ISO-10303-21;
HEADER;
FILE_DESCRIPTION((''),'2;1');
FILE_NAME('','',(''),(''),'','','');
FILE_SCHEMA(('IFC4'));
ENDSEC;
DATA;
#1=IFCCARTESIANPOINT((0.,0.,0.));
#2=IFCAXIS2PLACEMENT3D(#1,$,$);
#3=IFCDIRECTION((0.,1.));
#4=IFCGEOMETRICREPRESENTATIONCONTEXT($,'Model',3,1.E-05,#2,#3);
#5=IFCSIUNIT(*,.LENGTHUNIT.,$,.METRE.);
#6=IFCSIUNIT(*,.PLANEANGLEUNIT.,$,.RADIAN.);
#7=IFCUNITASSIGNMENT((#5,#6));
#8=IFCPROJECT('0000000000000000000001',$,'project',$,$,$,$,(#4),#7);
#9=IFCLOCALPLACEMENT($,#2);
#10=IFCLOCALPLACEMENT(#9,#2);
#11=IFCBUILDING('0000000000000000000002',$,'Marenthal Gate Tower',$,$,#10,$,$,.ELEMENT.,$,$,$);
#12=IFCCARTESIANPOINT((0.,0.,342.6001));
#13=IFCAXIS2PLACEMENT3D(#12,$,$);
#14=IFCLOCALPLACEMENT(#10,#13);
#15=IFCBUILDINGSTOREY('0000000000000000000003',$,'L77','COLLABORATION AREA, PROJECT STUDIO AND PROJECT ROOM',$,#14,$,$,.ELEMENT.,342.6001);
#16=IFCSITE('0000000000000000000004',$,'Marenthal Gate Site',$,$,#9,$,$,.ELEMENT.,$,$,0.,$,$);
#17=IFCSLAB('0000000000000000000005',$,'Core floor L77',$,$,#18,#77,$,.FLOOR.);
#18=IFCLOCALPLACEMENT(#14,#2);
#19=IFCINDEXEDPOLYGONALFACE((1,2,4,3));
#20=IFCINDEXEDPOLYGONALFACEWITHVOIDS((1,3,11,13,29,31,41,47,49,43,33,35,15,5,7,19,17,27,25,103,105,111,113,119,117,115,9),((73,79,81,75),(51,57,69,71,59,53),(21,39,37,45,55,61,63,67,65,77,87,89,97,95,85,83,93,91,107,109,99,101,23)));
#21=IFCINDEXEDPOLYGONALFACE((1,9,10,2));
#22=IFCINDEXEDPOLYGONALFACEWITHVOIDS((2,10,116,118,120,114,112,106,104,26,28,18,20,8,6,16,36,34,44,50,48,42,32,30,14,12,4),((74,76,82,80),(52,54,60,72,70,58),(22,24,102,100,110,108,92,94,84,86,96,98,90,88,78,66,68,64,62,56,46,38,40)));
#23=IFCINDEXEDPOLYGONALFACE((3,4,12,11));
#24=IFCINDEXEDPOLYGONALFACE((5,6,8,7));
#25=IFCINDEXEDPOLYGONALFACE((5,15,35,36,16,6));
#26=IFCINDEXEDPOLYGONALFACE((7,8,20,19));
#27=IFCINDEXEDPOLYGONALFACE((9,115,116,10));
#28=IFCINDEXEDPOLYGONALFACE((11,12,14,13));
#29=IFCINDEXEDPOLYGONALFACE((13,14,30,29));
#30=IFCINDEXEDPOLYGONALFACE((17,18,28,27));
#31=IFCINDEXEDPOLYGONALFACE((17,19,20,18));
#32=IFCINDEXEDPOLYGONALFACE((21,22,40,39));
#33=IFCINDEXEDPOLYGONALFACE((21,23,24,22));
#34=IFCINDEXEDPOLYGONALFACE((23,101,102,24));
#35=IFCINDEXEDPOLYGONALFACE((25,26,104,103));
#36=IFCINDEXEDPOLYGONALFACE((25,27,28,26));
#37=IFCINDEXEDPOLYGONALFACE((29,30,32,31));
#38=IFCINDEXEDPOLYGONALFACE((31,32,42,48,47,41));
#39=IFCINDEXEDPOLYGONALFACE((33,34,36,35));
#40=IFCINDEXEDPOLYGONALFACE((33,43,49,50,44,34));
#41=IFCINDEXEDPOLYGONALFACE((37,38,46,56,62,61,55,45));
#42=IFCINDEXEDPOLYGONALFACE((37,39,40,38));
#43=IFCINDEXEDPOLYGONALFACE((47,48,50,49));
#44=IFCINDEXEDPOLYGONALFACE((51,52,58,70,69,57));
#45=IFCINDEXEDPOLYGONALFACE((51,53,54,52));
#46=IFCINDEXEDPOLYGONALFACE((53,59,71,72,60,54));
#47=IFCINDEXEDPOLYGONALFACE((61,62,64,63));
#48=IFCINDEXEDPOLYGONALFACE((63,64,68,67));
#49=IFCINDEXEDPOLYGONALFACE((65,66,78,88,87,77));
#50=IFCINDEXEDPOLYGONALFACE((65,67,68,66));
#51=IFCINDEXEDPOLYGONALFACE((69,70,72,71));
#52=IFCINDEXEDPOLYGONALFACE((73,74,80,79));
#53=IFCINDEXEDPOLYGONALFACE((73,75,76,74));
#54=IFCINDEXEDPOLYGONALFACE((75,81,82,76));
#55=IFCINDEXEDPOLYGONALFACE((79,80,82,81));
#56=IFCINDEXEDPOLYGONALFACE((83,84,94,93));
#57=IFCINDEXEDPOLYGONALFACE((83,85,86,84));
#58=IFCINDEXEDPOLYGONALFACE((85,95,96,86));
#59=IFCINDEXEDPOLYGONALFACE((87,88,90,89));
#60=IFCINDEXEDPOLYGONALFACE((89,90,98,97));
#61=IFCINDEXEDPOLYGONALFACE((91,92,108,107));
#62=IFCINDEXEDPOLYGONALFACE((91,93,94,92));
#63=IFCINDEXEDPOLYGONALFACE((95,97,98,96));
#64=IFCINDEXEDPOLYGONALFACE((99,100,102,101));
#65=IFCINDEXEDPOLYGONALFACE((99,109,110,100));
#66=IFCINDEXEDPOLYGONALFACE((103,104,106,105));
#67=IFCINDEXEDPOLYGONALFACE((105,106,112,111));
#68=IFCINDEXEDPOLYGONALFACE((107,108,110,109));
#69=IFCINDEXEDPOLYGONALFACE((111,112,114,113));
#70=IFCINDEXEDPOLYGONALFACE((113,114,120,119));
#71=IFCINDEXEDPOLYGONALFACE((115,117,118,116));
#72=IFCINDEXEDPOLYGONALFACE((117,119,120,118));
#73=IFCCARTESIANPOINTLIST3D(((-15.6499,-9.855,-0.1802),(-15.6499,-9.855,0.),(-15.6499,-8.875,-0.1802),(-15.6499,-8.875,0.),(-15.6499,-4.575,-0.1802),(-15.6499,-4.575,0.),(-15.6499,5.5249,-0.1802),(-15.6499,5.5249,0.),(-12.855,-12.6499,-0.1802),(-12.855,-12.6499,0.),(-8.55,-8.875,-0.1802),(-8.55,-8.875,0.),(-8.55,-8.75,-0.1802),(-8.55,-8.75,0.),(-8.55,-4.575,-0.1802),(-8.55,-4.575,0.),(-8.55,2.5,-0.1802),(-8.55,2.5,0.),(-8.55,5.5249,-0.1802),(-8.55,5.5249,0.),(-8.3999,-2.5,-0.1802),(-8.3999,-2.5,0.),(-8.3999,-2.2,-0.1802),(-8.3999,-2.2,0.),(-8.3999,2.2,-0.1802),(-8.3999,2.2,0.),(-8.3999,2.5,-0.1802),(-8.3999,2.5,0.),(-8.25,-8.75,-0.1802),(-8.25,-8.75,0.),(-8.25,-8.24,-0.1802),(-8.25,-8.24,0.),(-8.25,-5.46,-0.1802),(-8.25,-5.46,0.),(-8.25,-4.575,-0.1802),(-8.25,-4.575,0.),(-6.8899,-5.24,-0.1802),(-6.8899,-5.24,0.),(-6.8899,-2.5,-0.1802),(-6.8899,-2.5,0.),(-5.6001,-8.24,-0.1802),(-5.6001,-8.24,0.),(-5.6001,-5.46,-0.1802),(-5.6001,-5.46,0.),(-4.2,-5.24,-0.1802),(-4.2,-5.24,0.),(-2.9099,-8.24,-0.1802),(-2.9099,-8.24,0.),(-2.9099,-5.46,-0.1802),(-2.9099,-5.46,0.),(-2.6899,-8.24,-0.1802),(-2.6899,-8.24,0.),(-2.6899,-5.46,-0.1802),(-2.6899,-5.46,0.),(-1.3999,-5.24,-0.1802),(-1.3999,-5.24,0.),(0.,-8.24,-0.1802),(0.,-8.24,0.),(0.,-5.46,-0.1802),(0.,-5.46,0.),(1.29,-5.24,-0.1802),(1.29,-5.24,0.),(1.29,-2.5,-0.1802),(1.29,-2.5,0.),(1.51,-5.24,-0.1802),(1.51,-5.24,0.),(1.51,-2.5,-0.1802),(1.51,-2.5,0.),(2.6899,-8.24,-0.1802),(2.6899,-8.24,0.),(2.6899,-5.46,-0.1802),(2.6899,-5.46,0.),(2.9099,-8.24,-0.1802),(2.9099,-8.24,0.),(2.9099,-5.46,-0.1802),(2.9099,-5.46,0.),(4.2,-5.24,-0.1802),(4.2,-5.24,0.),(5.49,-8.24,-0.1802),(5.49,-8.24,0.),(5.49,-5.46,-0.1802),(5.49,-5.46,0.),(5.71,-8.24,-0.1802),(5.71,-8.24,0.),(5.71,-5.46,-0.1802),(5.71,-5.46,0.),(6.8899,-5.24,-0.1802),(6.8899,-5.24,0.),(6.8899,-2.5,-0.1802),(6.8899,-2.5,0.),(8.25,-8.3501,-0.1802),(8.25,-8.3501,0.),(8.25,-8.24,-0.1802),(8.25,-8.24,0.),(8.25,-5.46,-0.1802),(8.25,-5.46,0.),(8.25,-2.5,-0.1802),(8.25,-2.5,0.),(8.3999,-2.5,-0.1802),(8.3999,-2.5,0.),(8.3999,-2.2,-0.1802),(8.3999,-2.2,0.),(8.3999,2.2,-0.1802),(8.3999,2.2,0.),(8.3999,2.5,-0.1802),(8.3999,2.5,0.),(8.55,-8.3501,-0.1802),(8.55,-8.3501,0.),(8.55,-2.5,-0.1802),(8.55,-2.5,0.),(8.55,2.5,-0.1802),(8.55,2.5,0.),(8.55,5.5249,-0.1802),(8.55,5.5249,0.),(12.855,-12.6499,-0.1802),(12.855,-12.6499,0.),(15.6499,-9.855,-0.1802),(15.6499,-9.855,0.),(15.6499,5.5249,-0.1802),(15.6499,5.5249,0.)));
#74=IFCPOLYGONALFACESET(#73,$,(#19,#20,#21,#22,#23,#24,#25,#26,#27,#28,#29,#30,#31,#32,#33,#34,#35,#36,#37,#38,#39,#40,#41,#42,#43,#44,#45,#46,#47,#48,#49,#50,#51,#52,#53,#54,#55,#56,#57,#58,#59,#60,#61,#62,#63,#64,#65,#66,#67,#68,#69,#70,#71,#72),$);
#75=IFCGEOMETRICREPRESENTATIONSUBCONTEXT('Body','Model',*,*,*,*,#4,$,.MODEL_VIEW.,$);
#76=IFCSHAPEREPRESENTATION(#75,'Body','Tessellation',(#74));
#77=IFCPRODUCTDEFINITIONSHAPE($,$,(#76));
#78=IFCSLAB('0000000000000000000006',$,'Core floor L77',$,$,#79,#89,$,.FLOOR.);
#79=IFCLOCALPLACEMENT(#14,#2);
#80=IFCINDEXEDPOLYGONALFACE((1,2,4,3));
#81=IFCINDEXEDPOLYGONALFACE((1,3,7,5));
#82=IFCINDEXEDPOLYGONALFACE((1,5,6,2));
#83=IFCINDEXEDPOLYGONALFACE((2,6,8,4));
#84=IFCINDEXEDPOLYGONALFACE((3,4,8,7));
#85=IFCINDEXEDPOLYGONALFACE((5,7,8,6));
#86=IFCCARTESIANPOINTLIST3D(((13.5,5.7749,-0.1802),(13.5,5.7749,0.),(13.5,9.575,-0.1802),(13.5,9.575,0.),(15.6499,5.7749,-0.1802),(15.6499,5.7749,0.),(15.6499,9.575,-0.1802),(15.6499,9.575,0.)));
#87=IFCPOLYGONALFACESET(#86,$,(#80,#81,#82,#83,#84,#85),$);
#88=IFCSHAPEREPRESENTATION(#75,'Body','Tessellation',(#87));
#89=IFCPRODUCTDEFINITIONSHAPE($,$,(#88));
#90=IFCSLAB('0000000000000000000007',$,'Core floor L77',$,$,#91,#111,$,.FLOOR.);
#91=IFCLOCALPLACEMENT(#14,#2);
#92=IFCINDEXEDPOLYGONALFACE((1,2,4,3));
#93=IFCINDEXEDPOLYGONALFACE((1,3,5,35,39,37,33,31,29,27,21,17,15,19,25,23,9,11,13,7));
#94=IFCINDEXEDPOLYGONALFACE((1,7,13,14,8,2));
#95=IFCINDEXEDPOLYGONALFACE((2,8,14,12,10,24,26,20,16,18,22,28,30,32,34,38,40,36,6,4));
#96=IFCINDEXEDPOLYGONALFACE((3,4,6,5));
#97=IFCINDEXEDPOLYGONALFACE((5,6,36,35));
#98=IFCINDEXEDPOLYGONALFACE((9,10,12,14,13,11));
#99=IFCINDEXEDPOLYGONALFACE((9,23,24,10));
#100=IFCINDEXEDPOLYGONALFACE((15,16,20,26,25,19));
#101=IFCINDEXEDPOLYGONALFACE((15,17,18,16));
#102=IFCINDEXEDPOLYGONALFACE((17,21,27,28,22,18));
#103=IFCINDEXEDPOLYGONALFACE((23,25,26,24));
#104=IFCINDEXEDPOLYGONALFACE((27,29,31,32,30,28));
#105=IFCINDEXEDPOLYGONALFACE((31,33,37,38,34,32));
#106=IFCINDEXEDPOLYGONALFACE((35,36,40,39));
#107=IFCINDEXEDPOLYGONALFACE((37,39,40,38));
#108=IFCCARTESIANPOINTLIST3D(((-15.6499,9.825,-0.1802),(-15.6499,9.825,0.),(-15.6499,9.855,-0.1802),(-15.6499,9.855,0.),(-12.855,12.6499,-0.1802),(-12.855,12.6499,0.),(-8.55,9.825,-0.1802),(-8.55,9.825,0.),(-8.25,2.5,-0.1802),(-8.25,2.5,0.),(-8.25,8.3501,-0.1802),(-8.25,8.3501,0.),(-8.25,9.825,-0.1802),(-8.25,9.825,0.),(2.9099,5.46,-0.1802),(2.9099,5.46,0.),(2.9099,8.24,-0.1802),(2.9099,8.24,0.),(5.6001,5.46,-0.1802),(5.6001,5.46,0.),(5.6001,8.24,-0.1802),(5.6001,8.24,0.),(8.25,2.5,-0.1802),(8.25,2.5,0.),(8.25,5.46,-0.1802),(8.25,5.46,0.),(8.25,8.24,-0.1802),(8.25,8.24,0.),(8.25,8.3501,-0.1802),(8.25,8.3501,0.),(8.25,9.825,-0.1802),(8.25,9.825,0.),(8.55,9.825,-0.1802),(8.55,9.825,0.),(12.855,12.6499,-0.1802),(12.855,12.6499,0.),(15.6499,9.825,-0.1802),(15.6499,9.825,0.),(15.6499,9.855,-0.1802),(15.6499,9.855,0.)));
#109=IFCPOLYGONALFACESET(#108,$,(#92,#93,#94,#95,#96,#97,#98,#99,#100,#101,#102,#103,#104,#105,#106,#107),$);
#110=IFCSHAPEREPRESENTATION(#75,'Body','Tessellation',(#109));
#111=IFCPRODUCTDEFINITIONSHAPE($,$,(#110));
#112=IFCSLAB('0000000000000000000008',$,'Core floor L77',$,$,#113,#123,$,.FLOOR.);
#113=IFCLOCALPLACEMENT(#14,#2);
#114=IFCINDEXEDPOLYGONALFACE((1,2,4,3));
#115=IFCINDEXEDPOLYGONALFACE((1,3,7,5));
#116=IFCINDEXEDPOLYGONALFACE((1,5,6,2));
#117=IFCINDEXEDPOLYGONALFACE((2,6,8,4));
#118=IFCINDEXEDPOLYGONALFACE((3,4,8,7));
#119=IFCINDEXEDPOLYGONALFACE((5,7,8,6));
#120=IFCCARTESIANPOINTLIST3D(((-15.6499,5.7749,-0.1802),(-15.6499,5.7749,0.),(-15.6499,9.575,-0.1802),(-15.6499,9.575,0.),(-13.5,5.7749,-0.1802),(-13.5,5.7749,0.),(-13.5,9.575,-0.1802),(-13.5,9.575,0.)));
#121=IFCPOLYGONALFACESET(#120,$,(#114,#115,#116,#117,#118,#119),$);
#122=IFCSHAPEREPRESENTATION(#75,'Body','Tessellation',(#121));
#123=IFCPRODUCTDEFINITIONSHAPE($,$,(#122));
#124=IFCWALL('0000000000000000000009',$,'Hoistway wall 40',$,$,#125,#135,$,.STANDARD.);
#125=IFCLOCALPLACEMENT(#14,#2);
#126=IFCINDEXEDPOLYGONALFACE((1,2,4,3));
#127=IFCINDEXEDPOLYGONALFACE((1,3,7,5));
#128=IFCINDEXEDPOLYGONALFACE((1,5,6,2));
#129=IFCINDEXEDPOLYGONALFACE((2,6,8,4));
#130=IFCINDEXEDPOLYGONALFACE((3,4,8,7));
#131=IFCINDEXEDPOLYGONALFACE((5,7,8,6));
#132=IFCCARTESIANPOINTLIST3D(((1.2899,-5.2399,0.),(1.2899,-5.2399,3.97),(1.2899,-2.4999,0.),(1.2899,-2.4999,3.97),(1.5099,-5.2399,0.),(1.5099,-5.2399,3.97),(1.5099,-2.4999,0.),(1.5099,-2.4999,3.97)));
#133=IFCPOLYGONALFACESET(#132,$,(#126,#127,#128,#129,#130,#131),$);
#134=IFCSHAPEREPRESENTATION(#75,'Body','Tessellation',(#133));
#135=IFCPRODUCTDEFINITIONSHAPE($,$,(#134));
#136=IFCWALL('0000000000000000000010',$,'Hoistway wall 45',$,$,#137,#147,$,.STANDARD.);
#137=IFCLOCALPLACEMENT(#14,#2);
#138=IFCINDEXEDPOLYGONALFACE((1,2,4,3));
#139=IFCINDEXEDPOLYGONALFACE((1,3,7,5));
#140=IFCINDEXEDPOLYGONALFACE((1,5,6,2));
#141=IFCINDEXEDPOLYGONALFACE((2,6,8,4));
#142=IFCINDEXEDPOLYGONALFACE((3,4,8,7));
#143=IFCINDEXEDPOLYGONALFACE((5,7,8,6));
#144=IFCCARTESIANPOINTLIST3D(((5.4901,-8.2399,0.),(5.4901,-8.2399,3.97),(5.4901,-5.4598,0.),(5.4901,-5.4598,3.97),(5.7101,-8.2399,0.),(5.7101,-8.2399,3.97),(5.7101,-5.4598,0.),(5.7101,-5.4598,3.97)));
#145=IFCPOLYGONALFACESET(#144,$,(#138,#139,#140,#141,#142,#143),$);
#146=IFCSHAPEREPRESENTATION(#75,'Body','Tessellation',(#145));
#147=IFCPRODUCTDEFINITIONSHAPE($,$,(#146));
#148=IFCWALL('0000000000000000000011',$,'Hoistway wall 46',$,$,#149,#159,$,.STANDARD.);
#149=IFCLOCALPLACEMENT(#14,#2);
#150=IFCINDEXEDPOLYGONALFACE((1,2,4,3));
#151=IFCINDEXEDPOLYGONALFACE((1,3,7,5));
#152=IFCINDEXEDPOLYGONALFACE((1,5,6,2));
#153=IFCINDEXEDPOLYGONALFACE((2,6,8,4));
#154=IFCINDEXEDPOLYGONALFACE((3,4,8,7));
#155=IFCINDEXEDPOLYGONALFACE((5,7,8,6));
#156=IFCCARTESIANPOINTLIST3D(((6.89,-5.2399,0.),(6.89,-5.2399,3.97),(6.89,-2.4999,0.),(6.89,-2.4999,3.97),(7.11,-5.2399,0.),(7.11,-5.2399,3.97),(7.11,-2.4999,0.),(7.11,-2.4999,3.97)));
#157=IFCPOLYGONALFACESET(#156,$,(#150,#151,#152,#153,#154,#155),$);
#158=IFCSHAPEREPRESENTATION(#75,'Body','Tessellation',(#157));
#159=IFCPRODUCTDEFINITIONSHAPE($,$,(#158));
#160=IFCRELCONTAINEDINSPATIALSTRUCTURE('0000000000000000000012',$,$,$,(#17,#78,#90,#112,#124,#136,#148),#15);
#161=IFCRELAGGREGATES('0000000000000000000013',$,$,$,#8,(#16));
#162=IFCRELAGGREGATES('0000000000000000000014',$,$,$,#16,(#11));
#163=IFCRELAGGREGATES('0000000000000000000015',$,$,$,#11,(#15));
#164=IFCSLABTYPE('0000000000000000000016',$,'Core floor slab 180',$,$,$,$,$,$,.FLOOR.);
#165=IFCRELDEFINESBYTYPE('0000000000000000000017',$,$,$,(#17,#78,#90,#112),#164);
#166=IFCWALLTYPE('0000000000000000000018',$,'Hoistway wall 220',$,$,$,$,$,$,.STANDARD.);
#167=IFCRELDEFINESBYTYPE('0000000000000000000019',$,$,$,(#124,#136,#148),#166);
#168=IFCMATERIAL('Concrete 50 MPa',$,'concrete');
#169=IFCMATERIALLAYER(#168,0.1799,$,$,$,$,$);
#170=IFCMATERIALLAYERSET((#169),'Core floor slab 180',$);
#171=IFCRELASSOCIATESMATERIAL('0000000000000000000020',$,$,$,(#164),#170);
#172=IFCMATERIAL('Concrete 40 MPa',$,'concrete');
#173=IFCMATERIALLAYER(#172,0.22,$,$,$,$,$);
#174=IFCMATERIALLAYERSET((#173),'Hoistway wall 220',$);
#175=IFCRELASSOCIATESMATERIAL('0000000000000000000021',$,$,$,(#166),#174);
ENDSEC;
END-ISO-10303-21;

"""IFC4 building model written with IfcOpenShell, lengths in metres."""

from ifc_helpers import new_model, si_unit, direction, frame, frame_2d, origin, place, context, subcontext, project, spatial, polyline, rectangle, outline, extrude, material, layer, layer_set, type_object, element, save


model = new_model("IFC4")

# Units and contexts
model_context = context("Model", 3, precision=1e-05, world=origin(), true_north=direction((0.0, 1.0)))
body_context = subcontext(model_context, "Body", "Model", "MODEL_VIEW")
ifc_project = project(units=[si_unit("LENGTHUNIT", "METRE"), si_unit("PLANEANGLEUNIT", "RADIAN")], contexts=[model_context])

# Site, building, storey
site_placement = place(None, origin())
site = spatial("IfcSite", under=ifc_project, at=site_placement, Name="Marenthal Gate Site", CompositionType="ELEMENT", RefElevation=0.0)
building_placement = place(site_placement, origin())
building = spatial("IfcBuilding", under=site, at=building_placement, Name="Marenthal Gate Tower", CompositionType="ELEMENT")
storey_placement = place(building_placement, frame((0.0, 0.0, 342.6001)))
storey = spatial("IfcBuildingStorey", under=building, at=storey_placement, Name="L77", Description="COLLABORATION AREA, PROJECT STUDIO AND PROJECT ROOM", CompositionType="ELEMENT", Elevation=342.6001)

# Slabs
ifc_material_1 = material(Name="Concrete 50 MPa", Category="concrete")
ifc_layer_1 = layer(ifc_material_1, 0.1799)
ifc_layer_set_1 = layer_set([ifc_layer_1], Name="Core floor slab 180")
slab_type_1 = type_object("IfcSlabType", Name="Core floor slab 180", PredefinedType="FLOOR", material=ifc_layer_set_1)
slab_1_placement = place(storey_placement, frame((0.0, 0.0, -0.1802)))
element("IfcSlab", 1, at=slab_1_placement, inside=storey, type_object=slab_type_1, Name="Core floor L77", PredefinedType="FLOOR", context=body_context, shape_type="SweptSolid", body=[
    extrude(outline(polyline([(12.855, -12.6499), (-12.855, -12.6499), (-15.6499, -9.855), (-15.6499, -8.875), (-8.55, -8.875), (-8.55, -8.75), (-8.25, -8.75), (-8.25, -8.24), (-5.6001, -8.24), (-2.9099, -8.24), (-2.9099, -5.46), (-5.6001, -5.46), (-8.25, -5.46), (-8.25, -4.575), (-8.55, -4.575), (-15.6499, -4.575), (-15.6499, 5.5249), (-8.55, 5.5249), (-8.55, 2.5), (-8.3999, 2.5), (-8.3999, 2.2), (8.3999, 2.2), (8.3999, 2.5), (8.55, 2.5), (8.55, 5.5249), (15.6499, 5.5249), (15.6499, -9.855), (12.855, -12.6499)]), holes=[polyline([(0.0, -8.24), (2.6899, -8.24), (2.6899, -5.46), (0.0, -5.46), (-2.6899, -5.46), (-2.6899, -8.24), (0.0, -8.24)]), polyline([(1.29, -5.24), (1.29, -2.5), (1.51, -2.5), (1.51, -5.24), (4.2, -5.24), (6.8899, -5.24), (6.8899, -2.5), (8.25, -2.5), (8.25, -5.46), (5.71, -5.46), (5.71, -8.24), (8.25, -8.24), (8.25, -8.3501), (8.55, -8.3501), (8.55, -2.5), (8.3999, -2.5), (8.3999, -2.2), (-8.3999, -2.2), (-8.3999, -2.5), (-6.8899, -2.5), (-6.8899, -5.24), (-4.2, -5.24), (-1.3999, -5.24), (1.29, -5.24)]), polyline([(5.49, -5.46), (2.9099, -5.46), (2.9099, -8.24), (5.49, -8.24), (5.49, -5.46)])]), origin(), (0.0, 0.0, 1.0), 0.1802),
])
slab_2_placement = place(storey_placement, frame((0.0, 0.0, -0.1802)))
element("IfcSlab", 2, at=slab_2_placement, inside=storey, type_object=slab_type_1, Name="Core floor L77", PredefinedType="FLOOR", context=body_context, shape_type="SweptSolid", body=[
    extrude(outline(polyline([(15.6499, 5.7749), (13.5, 5.7749), (13.5, 9.575), (15.6499, 9.575), (15.6499, 5.7749)])), origin(), (0.0, 0.0, 1.0), 0.1802),
])
slab_3_placement = place(storey_placement, frame((0.0, 0.0, -0.1802)))
element("IfcSlab", 3, at=slab_3_placement, inside=storey, type_object=slab_type_1, Name="Core floor L77", PredefinedType="FLOOR", context=body_context, shape_type="SweptSolid", body=[
    extrude(outline(polyline([(15.6499, 9.825), (8.55, 9.825), (8.25, 9.825), (8.25, 8.3501), (8.25, 8.24), (5.6001, 8.24), (2.9099, 8.24), (2.9099, 5.46), (5.6001, 5.46), (8.25, 5.46), (8.25, 2.5), (-8.25, 2.5), (-8.25, 8.3501), (-8.25, 9.825), (-8.55, 9.825), (-15.6499, 9.825), (-15.6499, 9.855), (-12.855, 12.6499), (12.855, 12.6499), (15.6499, 9.855), (15.6499, 9.825)])), origin(), (0.0, 0.0, 1.0), 0.1802),
])
slab_4_placement = place(storey_placement, frame((0.0, 0.0, -0.1802)))
element("IfcSlab", 4, at=slab_4_placement, inside=storey, type_object=slab_type_1, Name="Core floor L77", PredefinedType="FLOOR", context=body_context, shape_type="SweptSolid", body=[
    extrude(outline(polyline([(-15.6499, 9.575), (-13.5, 9.575), (-13.5, 5.7749), (-15.6499, 5.7749), (-15.6499, 9.575)])), origin(), (0.0, 0.0, 1.0), 0.1802),
])

# Walls
ifc_material_2 = material(Name="Concrete 40 MPa", Category="concrete")
ifc_layer_2 = layer(ifc_material_2, 0.22)
ifc_layer_set_2 = layer_set([ifc_layer_2], Name="Hoistway wall 220")
wall_type_1 = type_object("IfcWallType", Name="Hoistway wall 220", PredefinedType="STANDARD", material=ifc_layer_set_2)
wall_1_placement = place(storey_placement, frame((1.3999, -5.24, 0.0), z_axis=(0.0, 0.0, 1.0), x_axis=(0.0, 1.0, 0.0)))
element("IfcWall", 5, at=wall_1_placement, inside=storey, type_object=wall_type_1, Name="Hoistway wall 40", PredefinedType="STANDARD", context=body_context, shape_type="SweptSolid", body=[
    extrude(rectangle(XDim=2.74, YDim=0.22, at=frame_2d((1.3701, 0.0))), origin(), (0.0, 0.0, 1.0), 3.97),
])
wall_2_placement = place(storey_placement, frame((5.6001, -8.24, 0.0), z_axis=(0.0, 0.0, 1.0), x_axis=(0.0, 1.0, 0.0)))
element("IfcWall", 6, at=wall_2_placement, inside=storey, type_object=wall_type_1, Name="Hoistway wall 45", PredefinedType="STANDARD", context=body_context, shape_type="SweptSolid", body=[
    extrude(rectangle(XDim=2.78, YDim=0.22, at=frame_2d((1.3901, 0.0))), origin(), (0.0, 0.0, 1.0), 3.97),
])
wall_3_placement = place(storey_placement, frame((7.0, -5.24, 0.0), z_axis=(0.0, 0.0, 1.0), x_axis=(0.0, 1.0, 0.0)))
element("IfcWall", 7, at=wall_3_placement, inside=storey, type_object=wall_type_1, Name="Hoistway wall 46", PredefinedType="STANDARD", context=body_context, shape_type="SweptSolid", body=[
    extrude(rectangle(XDim=2.74, YDim=0.22, at=frame_2d((1.3701, 0.0))), origin(), (0.0, 0.0, 1.0), 3.97),
])

save(model, "model.ifc")
